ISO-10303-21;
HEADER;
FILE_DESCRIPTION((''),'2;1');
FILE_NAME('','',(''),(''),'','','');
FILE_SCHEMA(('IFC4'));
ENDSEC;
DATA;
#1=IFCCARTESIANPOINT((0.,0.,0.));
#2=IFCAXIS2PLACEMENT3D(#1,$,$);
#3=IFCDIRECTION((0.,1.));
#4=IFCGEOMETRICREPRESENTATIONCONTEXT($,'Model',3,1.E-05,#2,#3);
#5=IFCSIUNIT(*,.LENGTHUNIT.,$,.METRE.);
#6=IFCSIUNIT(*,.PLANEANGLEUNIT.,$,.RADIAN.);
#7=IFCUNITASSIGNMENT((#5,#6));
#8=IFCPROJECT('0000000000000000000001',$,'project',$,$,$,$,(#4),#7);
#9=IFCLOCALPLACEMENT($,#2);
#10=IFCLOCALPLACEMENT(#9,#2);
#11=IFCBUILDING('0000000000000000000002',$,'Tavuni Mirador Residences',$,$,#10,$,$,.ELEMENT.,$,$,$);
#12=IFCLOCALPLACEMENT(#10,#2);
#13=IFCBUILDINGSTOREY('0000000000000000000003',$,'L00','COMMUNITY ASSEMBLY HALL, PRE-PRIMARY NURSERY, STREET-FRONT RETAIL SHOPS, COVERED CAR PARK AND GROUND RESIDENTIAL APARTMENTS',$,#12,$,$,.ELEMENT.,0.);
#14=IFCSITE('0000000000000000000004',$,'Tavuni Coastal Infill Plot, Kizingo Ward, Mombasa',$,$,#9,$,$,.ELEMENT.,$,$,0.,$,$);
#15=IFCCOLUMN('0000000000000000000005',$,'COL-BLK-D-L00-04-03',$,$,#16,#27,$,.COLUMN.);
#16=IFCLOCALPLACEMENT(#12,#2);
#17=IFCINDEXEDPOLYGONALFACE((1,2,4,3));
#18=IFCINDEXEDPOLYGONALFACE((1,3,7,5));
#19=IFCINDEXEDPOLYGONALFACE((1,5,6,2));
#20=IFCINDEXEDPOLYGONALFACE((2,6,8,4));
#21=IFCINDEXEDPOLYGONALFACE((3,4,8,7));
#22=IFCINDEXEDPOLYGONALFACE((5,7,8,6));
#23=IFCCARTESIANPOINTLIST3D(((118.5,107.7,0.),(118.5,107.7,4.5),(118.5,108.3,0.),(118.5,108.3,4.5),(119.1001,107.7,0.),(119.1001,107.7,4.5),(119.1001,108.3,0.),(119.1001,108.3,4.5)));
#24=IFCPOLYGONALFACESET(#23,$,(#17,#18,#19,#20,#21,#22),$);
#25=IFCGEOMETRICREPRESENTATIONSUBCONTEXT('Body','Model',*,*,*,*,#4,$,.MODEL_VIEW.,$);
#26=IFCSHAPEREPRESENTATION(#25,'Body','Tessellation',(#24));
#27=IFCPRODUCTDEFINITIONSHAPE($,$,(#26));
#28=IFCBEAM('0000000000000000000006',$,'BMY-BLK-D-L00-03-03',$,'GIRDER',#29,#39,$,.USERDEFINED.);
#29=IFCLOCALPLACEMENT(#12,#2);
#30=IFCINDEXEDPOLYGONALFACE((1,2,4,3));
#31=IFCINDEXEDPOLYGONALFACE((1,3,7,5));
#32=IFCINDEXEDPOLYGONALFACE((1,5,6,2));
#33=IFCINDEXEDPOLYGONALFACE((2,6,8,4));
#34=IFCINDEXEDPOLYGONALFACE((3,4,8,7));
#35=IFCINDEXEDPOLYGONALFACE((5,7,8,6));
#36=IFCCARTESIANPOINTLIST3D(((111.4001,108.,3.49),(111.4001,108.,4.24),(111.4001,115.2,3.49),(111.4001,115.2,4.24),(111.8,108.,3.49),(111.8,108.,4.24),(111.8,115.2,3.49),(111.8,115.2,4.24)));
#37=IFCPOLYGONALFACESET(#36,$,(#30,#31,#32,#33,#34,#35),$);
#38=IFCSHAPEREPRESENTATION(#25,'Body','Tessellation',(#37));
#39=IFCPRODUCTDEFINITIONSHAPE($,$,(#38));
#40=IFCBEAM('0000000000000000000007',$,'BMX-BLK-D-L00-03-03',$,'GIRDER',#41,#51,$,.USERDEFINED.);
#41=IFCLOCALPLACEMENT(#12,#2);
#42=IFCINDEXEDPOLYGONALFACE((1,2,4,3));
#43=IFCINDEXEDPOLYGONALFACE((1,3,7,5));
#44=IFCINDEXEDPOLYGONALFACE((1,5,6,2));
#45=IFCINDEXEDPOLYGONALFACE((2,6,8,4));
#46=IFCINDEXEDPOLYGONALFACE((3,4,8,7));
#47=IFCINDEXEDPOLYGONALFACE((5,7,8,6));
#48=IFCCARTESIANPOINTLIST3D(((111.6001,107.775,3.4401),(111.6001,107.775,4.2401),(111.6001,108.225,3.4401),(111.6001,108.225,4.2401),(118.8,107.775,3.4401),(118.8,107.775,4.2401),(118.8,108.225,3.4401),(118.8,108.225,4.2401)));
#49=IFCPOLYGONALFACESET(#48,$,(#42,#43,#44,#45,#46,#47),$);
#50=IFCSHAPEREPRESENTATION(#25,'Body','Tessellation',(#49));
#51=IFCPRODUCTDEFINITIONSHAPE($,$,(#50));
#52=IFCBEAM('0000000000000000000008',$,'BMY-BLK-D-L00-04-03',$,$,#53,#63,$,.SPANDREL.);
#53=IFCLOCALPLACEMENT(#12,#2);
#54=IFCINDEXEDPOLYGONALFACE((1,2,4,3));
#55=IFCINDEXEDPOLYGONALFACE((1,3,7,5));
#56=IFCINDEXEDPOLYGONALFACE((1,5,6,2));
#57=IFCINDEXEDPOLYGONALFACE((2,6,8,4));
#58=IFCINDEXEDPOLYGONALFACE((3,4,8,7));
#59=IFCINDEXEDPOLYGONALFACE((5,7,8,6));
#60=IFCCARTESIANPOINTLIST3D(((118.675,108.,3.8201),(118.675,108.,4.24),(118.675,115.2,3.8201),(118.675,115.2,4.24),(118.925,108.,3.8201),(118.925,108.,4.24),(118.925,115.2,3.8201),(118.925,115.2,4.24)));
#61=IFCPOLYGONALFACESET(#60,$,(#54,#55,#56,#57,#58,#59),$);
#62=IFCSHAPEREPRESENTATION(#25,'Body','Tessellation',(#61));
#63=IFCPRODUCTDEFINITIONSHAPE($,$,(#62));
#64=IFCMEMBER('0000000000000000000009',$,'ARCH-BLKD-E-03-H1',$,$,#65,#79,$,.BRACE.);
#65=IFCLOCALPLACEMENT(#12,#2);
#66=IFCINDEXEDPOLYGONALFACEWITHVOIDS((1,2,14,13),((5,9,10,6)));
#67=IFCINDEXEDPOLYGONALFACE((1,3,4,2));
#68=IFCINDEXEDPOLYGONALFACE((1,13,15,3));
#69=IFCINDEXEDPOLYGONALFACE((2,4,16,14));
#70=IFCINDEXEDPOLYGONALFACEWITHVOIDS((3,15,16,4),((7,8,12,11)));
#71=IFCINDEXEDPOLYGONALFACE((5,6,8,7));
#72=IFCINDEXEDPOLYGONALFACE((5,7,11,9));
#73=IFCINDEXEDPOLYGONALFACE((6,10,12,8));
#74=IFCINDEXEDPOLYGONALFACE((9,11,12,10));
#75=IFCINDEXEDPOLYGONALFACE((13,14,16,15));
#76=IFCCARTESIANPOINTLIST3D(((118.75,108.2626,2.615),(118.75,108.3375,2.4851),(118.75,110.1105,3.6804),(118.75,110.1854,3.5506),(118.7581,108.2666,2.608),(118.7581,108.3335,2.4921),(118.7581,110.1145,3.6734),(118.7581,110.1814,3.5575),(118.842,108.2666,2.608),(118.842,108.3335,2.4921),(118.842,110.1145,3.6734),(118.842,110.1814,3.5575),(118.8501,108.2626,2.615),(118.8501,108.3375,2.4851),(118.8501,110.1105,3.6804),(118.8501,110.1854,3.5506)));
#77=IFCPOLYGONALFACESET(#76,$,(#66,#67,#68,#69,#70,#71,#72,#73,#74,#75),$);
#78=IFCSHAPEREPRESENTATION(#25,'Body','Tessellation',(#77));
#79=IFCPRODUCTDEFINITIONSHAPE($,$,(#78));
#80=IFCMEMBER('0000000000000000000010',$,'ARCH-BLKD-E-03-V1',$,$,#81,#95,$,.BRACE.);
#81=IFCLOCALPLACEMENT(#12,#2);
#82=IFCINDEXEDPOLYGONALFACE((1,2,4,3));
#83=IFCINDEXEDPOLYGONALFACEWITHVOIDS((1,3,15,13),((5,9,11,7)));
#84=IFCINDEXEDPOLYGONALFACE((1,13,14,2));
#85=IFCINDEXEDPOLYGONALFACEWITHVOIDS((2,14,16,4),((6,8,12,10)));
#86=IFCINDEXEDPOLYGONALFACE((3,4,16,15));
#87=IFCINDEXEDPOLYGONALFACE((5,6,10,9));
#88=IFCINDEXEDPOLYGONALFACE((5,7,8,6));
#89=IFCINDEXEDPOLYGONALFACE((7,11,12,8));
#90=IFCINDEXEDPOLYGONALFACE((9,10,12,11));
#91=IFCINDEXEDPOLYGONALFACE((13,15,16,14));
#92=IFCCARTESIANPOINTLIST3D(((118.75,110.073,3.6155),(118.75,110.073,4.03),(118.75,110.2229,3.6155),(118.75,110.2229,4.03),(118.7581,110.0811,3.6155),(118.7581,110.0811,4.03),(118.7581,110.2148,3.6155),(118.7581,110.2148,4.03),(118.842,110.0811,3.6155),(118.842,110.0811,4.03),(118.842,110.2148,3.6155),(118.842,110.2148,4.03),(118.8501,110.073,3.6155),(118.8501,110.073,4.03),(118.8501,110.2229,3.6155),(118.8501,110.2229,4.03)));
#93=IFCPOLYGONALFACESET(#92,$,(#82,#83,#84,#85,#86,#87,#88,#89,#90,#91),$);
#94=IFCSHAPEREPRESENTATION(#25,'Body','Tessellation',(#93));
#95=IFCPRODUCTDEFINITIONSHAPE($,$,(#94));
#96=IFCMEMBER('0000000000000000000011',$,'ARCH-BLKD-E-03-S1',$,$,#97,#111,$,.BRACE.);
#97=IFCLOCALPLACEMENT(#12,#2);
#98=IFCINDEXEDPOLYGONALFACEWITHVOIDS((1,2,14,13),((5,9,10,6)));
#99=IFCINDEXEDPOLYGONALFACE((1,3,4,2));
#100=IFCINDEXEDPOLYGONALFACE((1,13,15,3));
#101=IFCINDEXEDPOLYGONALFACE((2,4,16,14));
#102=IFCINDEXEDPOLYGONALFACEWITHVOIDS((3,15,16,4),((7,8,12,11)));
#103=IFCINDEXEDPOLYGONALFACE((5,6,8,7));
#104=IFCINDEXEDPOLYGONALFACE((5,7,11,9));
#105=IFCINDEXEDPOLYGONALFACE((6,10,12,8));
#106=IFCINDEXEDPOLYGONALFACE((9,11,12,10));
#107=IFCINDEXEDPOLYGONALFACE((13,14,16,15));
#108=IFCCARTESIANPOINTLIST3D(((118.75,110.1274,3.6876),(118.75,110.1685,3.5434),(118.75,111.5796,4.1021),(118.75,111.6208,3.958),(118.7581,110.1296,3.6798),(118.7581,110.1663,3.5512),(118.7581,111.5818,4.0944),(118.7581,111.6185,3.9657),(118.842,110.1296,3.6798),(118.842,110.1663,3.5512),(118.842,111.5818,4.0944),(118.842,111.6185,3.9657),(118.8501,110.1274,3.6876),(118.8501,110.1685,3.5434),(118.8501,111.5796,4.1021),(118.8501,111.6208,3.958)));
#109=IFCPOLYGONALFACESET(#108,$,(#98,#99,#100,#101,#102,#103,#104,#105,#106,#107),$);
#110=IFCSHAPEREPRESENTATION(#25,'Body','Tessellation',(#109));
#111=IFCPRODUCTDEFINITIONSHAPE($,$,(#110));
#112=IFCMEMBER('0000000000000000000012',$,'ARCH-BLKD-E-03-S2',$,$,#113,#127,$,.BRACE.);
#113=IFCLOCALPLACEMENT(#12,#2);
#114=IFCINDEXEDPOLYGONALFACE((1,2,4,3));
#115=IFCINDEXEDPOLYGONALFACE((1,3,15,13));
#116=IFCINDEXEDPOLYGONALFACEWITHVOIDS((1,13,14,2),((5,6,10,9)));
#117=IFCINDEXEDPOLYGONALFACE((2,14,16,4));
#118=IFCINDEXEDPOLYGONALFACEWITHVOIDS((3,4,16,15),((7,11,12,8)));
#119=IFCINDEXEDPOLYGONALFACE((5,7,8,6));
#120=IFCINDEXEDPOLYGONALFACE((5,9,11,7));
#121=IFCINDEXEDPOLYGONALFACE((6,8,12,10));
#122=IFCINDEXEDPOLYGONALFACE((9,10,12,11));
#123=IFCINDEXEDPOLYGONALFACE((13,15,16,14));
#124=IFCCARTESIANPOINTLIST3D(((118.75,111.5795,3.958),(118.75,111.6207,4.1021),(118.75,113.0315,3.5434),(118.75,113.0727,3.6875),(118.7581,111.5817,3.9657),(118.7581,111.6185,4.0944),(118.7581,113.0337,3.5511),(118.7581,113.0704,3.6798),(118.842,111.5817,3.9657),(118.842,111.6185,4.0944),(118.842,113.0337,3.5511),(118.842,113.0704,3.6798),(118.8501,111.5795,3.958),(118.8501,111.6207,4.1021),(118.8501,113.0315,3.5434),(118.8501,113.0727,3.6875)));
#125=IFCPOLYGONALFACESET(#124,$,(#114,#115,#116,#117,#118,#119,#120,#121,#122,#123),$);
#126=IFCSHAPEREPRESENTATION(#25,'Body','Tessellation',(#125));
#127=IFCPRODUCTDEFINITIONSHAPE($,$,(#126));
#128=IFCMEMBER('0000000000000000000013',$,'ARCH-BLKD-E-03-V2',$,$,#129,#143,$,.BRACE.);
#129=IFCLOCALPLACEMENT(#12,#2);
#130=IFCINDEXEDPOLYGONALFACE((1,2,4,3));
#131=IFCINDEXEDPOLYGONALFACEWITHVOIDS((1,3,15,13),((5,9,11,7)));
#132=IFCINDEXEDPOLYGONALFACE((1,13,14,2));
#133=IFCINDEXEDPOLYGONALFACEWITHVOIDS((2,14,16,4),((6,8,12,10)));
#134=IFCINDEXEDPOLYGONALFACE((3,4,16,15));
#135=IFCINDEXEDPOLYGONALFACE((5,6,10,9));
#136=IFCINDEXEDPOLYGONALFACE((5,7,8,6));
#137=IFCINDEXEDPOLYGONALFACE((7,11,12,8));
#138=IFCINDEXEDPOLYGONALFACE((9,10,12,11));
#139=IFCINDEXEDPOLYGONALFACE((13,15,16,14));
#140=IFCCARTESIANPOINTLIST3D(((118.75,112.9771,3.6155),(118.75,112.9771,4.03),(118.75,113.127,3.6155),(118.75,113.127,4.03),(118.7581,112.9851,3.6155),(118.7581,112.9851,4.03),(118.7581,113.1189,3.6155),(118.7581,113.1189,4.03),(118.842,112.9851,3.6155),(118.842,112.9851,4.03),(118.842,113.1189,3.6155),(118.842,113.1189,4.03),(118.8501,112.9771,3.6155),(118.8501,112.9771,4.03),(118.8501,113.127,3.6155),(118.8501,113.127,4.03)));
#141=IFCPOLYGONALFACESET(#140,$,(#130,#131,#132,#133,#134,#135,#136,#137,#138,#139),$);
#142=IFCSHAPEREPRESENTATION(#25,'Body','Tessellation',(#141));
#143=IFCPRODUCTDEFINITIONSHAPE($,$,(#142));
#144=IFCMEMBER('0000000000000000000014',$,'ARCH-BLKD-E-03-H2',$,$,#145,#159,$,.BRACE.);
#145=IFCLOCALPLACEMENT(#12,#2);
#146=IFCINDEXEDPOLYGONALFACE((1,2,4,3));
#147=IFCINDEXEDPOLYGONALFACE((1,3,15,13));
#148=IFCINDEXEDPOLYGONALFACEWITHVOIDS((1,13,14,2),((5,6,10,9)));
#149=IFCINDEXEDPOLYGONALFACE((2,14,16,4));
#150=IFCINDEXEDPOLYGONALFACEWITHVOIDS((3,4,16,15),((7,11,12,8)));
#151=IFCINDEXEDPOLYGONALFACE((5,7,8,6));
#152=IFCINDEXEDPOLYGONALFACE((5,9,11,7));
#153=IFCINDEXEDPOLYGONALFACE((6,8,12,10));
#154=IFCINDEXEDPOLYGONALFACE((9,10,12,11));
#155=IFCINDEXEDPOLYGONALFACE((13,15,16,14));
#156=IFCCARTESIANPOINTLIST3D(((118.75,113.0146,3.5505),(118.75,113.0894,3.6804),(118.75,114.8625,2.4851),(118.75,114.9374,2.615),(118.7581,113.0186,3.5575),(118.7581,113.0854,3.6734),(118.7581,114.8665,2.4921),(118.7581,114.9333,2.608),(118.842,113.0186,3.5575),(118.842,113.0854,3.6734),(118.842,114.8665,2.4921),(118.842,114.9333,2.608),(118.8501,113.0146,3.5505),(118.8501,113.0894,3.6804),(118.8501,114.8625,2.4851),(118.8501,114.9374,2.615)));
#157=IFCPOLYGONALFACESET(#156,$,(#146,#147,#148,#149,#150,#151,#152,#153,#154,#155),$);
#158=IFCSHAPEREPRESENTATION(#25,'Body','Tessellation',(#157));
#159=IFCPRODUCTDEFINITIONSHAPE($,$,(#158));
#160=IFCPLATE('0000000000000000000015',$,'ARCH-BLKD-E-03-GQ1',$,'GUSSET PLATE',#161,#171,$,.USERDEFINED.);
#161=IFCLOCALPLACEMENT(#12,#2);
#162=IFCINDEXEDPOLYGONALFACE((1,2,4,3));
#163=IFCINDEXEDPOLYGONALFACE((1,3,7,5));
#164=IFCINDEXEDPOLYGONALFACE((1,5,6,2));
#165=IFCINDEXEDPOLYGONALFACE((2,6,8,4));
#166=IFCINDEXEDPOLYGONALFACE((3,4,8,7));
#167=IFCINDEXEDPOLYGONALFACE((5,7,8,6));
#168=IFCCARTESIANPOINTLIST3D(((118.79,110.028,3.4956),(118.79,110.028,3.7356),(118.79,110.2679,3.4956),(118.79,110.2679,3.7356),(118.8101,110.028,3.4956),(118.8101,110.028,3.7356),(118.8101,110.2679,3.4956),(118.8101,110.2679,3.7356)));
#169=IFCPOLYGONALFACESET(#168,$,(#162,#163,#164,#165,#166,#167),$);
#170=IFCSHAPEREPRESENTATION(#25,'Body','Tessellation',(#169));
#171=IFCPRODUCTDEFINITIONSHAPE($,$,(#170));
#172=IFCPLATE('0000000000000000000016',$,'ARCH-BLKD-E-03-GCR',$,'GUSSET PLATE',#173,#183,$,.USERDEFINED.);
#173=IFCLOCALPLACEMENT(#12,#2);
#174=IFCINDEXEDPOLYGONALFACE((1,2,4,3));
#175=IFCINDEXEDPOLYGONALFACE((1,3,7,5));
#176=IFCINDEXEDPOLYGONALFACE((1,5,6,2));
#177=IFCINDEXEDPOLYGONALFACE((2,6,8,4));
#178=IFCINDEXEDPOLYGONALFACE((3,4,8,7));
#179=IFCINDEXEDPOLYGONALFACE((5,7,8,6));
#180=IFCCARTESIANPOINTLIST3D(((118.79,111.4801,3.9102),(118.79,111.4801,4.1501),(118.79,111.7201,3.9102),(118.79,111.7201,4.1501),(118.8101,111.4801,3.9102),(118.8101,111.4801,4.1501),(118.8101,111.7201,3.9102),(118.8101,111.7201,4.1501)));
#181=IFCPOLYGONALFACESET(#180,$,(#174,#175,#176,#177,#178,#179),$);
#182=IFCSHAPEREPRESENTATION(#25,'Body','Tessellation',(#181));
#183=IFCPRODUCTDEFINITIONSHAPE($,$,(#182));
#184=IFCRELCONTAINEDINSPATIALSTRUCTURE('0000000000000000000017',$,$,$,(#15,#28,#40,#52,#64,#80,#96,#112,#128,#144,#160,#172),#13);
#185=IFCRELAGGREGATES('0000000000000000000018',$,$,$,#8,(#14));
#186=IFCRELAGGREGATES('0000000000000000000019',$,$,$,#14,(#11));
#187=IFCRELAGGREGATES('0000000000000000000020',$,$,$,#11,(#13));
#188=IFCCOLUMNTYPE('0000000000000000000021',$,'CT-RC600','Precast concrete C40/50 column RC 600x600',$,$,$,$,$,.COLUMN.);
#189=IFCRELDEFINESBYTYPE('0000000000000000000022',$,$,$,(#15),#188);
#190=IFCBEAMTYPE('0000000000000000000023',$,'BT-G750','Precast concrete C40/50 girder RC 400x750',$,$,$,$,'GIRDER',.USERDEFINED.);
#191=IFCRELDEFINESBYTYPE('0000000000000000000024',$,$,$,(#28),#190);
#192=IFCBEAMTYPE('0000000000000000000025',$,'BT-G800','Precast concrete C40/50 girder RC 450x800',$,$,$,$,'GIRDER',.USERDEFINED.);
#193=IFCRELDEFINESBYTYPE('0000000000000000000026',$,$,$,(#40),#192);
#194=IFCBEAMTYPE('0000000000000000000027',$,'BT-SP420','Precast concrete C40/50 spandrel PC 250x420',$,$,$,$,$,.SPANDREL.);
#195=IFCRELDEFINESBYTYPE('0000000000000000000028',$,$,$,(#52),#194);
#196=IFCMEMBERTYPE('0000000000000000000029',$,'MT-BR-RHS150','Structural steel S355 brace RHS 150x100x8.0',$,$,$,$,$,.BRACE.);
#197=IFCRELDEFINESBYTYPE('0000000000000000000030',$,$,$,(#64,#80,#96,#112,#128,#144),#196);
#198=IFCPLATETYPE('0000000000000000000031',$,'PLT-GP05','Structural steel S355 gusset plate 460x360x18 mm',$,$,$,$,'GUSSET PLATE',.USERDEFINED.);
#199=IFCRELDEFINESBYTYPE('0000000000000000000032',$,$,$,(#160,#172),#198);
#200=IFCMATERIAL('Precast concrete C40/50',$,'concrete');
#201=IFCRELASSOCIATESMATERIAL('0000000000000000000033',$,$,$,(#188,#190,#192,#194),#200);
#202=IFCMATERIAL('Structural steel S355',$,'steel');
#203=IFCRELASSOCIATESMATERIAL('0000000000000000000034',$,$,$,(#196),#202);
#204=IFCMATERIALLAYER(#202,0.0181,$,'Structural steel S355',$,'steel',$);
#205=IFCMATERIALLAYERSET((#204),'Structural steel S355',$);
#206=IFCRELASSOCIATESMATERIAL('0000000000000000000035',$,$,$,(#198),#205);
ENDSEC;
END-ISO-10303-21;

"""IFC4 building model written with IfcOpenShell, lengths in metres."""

from ifc_helpers import new_model, si_unit, direction, frame, origin, origin_2d, place, context, subcontext, project, spatial, rectangle, hollow_rectangle, extrude, material, layer, layer_set, material_profile, profile_set, type_object, element, save


model = new_model("IFC4")

# Units and contexts
model_context = context("Model", 3, precision=1e-05, world=origin(), true_north=direction((0.0, 1.0)))
body_context = subcontext(model_context, "Body", "Model", "MODEL_VIEW")
ifc_project = project(units=[si_unit("LENGTHUNIT", "METRE"), si_unit("PLANEANGLEUNIT", "RADIAN")], contexts=[model_context])

# Site, building, storey
site_placement = place(None, origin())
site = spatial("IfcSite", under=ifc_project, at=site_placement, Name="Tavuni Coastal Infill Plot, Kizingo Ward, Mombasa", CompositionType="ELEMENT", RefElevation=0.0)
building_placement = place(site_placement, origin())
building = spatial("IfcBuilding", under=site, at=building_placement, Name="Tavuni Mirador Residences", CompositionType="ELEMENT")
storey_placement = place(building_placement, origin())
storey = spatial("IfcBuildingStorey", under=building, at=storey_placement, Name="L00", Description="COMMUNITY ASSEMBLY HALL, PRE-PRIMARY NURSERY, STREET-FRONT RETAIL SHOPS, COVERED CAR PARK AND GROUND RESIDENTIAL APARTMENTS", CompositionType="ELEMENT", Elevation=0.0)

# Column
ifc_material_1 = material(Name="Precast concrete C40/50", Category="concrete")
ifc_material_profile_1 = material_profile(ifc_material_1, rectangle(XDim=0.6001, YDim=0.6001, at=origin_2d()), Name="RC 600x600", Category="concrete")
ifc_profile_set_1 = profile_set([ifc_material_profile_1], Name="Precast concrete C40/50")
column_type = type_object("IfcColumnType", Name="CT-RC600", Description="Precast concrete C40/50 column RC 600x600", PredefinedType="COLUMN", material=ifc_profile_set_1)
column_placement = place(storey_placement, frame((118.8, 108.0, 0.0), z_axis=(0.0, 0.0, 1.0), x_axis=(1.0, 0.0, 0.0)))
element("IfcColumn", 1, at=column_placement, inside=storey, type_object=column_type, Name="COL-BLK-D-L00-04-03", PredefinedType="COLUMN", context=body_context, shape_type="SweptSolid", body=[
    extrude(rectangle(XDim=0.6001, YDim=0.6001, at=origin_2d()), origin(), (0.0, 0.0, 1.0), 4.5),
])

# Beams
ifc_material_profile_2 = material_profile(ifc_material_1, rectangle(XDim=0.3999, YDim=0.75, at=origin_2d()), Name="RC 400x750", Category="concrete")
ifc_profile_set_2 = profile_set([ifc_material_profile_2], Name="Precast concrete C40/50")
beam_type_1 = type_object("IfcBeamType", Name="BT-G750", Description="Precast concrete C40/50 girder RC 400x750", ElementType="GIRDER", PredefinedType="USERDEFINED", material=ifc_profile_set_2)
beam_1_placement = place(storey_placement, frame((111.6001, 108.0, 3.865), z_axis=(0.0, 1.0, 0.0), x_axis=(-1.0, 0.0, 0.0)))
element("IfcBeam", 2, at=beam_1_placement, inside=storey, type_object=beam_type_1, Name="BMY-BLK-D-L00-03-03", ObjectType="GIRDER", PredefinedType="USERDEFINED", context=body_context, shape_type="SweptSolid", body=[
    extrude(rectangle(XDim=0.3999, YDim=0.75, at=origin_2d()), origin(), (0.0, 0.0, 1.0), 7.2),
])
ifc_material_profile_3 = material_profile(ifc_material_1, rectangle(XDim=0.45, YDim=0.8, at=origin_2d()), Name="RC 450x800", Category="concrete")
ifc_profile_set_3 = profile_set([ifc_material_profile_3], Name="Precast concrete C40/50")
beam_type_2 = type_object("IfcBeamType", Name="BT-G800", Description="Precast concrete C40/50 girder RC 450x800", ElementType="GIRDER", PredefinedType="USERDEFINED", material=ifc_profile_set_3)
beam_2_placement = place(storey_placement, frame((111.6001, 108.0, 3.8401), z_axis=(1.0, 0.0, 0.0), x_axis=(0.0, 1.0, 0.0)))
element("IfcBeam", 3, at=beam_2_placement, inside=storey, type_object=beam_type_2, Name="BMX-BLK-D-L00-03-03", ObjectType="GIRDER", PredefinedType="USERDEFINED", context=body_context, shape_type="SweptSolid", body=[
    extrude(rectangle(XDim=0.45, YDim=0.8, at=origin_2d()), origin(), (0.0, 0.0, 1.0), 7.2),
])
ifc_material_profile_4 = material_profile(ifc_material_1, rectangle(XDim=0.25, YDim=0.4199, at=origin_2d()), Name="PC 250x420", Category="concrete")
ifc_profile_set_4 = profile_set([ifc_material_profile_4], Name="Precast concrete C40/50")
beam_type_3 = type_object("IfcBeamType", Name="BT-SP420", Description="Precast concrete C40/50 spandrel PC 250x420", PredefinedType="SPANDREL", material=ifc_profile_set_4)
beam_3_placement = place(storey_placement, frame((118.8, 108.0, 4.03), z_axis=(0.0, 1.0, 0.0), x_axis=(-1.0, 0.0, 0.0)))
element("IfcBeam", 4, at=beam_3_placement, inside=storey, type_object=beam_type_3, Name="BMY-BLK-D-L00-04-03", PredefinedType="SPANDREL", context=body_context, shape_type="SweptSolid", body=[
    extrude(rectangle(XDim=0.25, YDim=0.4199, at=origin_2d()), origin(), (0.0, 0.0, 1.0), 7.2),
])

# Members
ifc_material_2 = material(Name="Structural steel S355", Category="steel")
ifc_material_profile_5 = material_profile(ifc_material_2, hollow_rectangle(XDim=0.1001, YDim=0.1499, WallThickness=0.0081, at=origin_2d()), Name="RHS 150x100x8.0", Category="steel")
ifc_profile_set_5 = profile_set([ifc_material_profile_5], Name="Structural steel S355")
member_type = type_object("IfcMemberType", Name="MT-BR-RHS150", Description="Structural steel S355 brace RHS 150x100x8.0", PredefinedType="BRACE", material=ifc_profile_set_5)
member_1_placement = place(storey_placement, frame((118.8, 108.3, 2.55), z_axis=(0.0, 0.866321, 0.499488), x_axis=(-1.0, 0.0, 0.0)))
element("IfcMember", 5, at=member_1_placement, inside=storey, type_object=member_type, Name="ARCH-BLKD-E-03-H1", PredefinedType="BRACE", context=body_context, shape_type="SweptSolid", body=[
    extrude(hollow_rectangle(XDim=0.1001, YDim=0.1499, WallThickness=0.0081, at=origin_2d()), origin(), (0.0, 0.0, 1.0), 2.1331),
])
member_2_placement = place(storey_placement, frame((118.8, 110.1479, 3.6155), z_axis=(0.0, 0.0, 1.0), x_axis=(1.0, 0.0, 0.0)))
element("IfcMember", 6, at=member_2_placement, inside=storey, type_object=member_type, Name="ARCH-BLKD-E-03-V1", PredefinedType="BRACE", context=body_context, shape_type="SweptSolid", body=[
    extrude(hollow_rectangle(XDim=0.1001, YDim=0.1499, WallThickness=0.0081, at=origin_2d()), origin(), (0.0, 0.0, 1.0), 0.4146),
])
member_3_placement = place(storey_placement, frame((118.8, 110.1479, 3.6155), z_axis=(0.0, 0.961585, 0.274508), x_axis=(-1.0, 0.0, 0.0)))
element("IfcMember", 7, at=member_3_placement, inside=storey, type_object=member_type, Name="ARCH-BLKD-E-03-S1", PredefinedType="BRACE", context=body_context, shape_type="SweptSolid", body=[
    extrude(hollow_rectangle(XDim=0.1001, YDim=0.1499, WallThickness=0.0081, at=origin_2d()), origin(), (0.0, 0.0, 1.0), 1.5103),
])
member_4_placement = place(storey_placement, frame((118.8, 111.6001, 4.03), z_axis=(0.0, 0.961573, -0.27455), x_axis=(-1.0, 0.0, 0.0)))
element("IfcMember", 8, at=member_4_placement, inside=storey, type_object=member_type, Name="ARCH-BLKD-E-03-S2", PredefinedType="BRACE", context=body_context, shape_type="SweptSolid", body=[
    extrude(hollow_rectangle(XDim=0.1001, YDim=0.1499, WallThickness=0.0081, at=origin_2d()), origin(), (0.0, 0.0, 1.0), 1.51),
])
member_5_placement = place(storey_placement, frame((118.8, 113.052, 3.6155), z_axis=(0.0, 0.0, 1.0), x_axis=(1.0, 0.0, 0.0)))
element("IfcMember", 9, at=member_5_placement, inside=storey, type_object=member_type, Name="ARCH-BLKD-E-03-V2", PredefinedType="BRACE", context=body_context, shape_type="SweptSolid", body=[
    extrude(hollow_rectangle(XDim=0.1001, YDim=0.1499, WallThickness=0.0081, at=origin_2d()), origin(), (0.0, 0.0, 1.0), 0.4146),
])
member_6_placement = place(storey_placement, frame((118.8, 113.052, 3.6155), z_axis=(0.0, 0.866321, -0.499488), x_axis=(-1.0, 0.0, 0.0)))
element("IfcMember", 10, at=member_6_placement, inside=storey, type_object=member_type, Name="ARCH-BLKD-E-03-H2", PredefinedType="BRACE", context=body_context, shape_type="SweptSolid", body=[
    extrude(hollow_rectangle(XDim=0.1001, YDim=0.1499, WallThickness=0.0081, at=origin_2d()), origin(), (0.0, 0.0, 1.0), 2.1331),
])

# Plates
ifc_layer_1 = layer(ifc_material_2, 0.0181, Name="Structural steel S355", Category="steel")
ifc_layer_set_1 = layer_set([ifc_layer_1], Name="Structural steel S355")
plate_type = type_object("IfcPlateType", Name="PLT-GP05", Description="Structural steel S355 gusset plate 460x360x18 mm", ElementType="GUSSET PLATE", PredefinedType="USERDEFINED", material=ifc_layer_set_1)
for number, where, z_axis, x_axis, name in (
    (11, (118.8, 110.1479, 3.4956), (0.0, 0.0, 1.0), (1.0, 0.0, 0.0), "ARCH-BLKD-E-03-GQ1"),
    (12, (118.8, 111.6001, 3.9102), (0.0, 0.0, 1.0), (1.0, 0.0, 0.0), "ARCH-BLKD-E-03-GCR"),
):
    element("IfcPlate", number, at=place(storey_placement, frame(where, z_axis=z_axis, x_axis=x_axis)), inside=storey, type_object=plate_type, Name=name, ObjectType="GUSSET PLATE", PredefinedType="USERDEFINED", context=body_context, shape_type="SweptSolid", body=[
        extrude(rectangle(XDim=0.02, YDim=0.24, at=origin_2d()), origin(), (0.0, 0.0, 1.0), 0.24),
    ])

save(model, "model.ifc")
